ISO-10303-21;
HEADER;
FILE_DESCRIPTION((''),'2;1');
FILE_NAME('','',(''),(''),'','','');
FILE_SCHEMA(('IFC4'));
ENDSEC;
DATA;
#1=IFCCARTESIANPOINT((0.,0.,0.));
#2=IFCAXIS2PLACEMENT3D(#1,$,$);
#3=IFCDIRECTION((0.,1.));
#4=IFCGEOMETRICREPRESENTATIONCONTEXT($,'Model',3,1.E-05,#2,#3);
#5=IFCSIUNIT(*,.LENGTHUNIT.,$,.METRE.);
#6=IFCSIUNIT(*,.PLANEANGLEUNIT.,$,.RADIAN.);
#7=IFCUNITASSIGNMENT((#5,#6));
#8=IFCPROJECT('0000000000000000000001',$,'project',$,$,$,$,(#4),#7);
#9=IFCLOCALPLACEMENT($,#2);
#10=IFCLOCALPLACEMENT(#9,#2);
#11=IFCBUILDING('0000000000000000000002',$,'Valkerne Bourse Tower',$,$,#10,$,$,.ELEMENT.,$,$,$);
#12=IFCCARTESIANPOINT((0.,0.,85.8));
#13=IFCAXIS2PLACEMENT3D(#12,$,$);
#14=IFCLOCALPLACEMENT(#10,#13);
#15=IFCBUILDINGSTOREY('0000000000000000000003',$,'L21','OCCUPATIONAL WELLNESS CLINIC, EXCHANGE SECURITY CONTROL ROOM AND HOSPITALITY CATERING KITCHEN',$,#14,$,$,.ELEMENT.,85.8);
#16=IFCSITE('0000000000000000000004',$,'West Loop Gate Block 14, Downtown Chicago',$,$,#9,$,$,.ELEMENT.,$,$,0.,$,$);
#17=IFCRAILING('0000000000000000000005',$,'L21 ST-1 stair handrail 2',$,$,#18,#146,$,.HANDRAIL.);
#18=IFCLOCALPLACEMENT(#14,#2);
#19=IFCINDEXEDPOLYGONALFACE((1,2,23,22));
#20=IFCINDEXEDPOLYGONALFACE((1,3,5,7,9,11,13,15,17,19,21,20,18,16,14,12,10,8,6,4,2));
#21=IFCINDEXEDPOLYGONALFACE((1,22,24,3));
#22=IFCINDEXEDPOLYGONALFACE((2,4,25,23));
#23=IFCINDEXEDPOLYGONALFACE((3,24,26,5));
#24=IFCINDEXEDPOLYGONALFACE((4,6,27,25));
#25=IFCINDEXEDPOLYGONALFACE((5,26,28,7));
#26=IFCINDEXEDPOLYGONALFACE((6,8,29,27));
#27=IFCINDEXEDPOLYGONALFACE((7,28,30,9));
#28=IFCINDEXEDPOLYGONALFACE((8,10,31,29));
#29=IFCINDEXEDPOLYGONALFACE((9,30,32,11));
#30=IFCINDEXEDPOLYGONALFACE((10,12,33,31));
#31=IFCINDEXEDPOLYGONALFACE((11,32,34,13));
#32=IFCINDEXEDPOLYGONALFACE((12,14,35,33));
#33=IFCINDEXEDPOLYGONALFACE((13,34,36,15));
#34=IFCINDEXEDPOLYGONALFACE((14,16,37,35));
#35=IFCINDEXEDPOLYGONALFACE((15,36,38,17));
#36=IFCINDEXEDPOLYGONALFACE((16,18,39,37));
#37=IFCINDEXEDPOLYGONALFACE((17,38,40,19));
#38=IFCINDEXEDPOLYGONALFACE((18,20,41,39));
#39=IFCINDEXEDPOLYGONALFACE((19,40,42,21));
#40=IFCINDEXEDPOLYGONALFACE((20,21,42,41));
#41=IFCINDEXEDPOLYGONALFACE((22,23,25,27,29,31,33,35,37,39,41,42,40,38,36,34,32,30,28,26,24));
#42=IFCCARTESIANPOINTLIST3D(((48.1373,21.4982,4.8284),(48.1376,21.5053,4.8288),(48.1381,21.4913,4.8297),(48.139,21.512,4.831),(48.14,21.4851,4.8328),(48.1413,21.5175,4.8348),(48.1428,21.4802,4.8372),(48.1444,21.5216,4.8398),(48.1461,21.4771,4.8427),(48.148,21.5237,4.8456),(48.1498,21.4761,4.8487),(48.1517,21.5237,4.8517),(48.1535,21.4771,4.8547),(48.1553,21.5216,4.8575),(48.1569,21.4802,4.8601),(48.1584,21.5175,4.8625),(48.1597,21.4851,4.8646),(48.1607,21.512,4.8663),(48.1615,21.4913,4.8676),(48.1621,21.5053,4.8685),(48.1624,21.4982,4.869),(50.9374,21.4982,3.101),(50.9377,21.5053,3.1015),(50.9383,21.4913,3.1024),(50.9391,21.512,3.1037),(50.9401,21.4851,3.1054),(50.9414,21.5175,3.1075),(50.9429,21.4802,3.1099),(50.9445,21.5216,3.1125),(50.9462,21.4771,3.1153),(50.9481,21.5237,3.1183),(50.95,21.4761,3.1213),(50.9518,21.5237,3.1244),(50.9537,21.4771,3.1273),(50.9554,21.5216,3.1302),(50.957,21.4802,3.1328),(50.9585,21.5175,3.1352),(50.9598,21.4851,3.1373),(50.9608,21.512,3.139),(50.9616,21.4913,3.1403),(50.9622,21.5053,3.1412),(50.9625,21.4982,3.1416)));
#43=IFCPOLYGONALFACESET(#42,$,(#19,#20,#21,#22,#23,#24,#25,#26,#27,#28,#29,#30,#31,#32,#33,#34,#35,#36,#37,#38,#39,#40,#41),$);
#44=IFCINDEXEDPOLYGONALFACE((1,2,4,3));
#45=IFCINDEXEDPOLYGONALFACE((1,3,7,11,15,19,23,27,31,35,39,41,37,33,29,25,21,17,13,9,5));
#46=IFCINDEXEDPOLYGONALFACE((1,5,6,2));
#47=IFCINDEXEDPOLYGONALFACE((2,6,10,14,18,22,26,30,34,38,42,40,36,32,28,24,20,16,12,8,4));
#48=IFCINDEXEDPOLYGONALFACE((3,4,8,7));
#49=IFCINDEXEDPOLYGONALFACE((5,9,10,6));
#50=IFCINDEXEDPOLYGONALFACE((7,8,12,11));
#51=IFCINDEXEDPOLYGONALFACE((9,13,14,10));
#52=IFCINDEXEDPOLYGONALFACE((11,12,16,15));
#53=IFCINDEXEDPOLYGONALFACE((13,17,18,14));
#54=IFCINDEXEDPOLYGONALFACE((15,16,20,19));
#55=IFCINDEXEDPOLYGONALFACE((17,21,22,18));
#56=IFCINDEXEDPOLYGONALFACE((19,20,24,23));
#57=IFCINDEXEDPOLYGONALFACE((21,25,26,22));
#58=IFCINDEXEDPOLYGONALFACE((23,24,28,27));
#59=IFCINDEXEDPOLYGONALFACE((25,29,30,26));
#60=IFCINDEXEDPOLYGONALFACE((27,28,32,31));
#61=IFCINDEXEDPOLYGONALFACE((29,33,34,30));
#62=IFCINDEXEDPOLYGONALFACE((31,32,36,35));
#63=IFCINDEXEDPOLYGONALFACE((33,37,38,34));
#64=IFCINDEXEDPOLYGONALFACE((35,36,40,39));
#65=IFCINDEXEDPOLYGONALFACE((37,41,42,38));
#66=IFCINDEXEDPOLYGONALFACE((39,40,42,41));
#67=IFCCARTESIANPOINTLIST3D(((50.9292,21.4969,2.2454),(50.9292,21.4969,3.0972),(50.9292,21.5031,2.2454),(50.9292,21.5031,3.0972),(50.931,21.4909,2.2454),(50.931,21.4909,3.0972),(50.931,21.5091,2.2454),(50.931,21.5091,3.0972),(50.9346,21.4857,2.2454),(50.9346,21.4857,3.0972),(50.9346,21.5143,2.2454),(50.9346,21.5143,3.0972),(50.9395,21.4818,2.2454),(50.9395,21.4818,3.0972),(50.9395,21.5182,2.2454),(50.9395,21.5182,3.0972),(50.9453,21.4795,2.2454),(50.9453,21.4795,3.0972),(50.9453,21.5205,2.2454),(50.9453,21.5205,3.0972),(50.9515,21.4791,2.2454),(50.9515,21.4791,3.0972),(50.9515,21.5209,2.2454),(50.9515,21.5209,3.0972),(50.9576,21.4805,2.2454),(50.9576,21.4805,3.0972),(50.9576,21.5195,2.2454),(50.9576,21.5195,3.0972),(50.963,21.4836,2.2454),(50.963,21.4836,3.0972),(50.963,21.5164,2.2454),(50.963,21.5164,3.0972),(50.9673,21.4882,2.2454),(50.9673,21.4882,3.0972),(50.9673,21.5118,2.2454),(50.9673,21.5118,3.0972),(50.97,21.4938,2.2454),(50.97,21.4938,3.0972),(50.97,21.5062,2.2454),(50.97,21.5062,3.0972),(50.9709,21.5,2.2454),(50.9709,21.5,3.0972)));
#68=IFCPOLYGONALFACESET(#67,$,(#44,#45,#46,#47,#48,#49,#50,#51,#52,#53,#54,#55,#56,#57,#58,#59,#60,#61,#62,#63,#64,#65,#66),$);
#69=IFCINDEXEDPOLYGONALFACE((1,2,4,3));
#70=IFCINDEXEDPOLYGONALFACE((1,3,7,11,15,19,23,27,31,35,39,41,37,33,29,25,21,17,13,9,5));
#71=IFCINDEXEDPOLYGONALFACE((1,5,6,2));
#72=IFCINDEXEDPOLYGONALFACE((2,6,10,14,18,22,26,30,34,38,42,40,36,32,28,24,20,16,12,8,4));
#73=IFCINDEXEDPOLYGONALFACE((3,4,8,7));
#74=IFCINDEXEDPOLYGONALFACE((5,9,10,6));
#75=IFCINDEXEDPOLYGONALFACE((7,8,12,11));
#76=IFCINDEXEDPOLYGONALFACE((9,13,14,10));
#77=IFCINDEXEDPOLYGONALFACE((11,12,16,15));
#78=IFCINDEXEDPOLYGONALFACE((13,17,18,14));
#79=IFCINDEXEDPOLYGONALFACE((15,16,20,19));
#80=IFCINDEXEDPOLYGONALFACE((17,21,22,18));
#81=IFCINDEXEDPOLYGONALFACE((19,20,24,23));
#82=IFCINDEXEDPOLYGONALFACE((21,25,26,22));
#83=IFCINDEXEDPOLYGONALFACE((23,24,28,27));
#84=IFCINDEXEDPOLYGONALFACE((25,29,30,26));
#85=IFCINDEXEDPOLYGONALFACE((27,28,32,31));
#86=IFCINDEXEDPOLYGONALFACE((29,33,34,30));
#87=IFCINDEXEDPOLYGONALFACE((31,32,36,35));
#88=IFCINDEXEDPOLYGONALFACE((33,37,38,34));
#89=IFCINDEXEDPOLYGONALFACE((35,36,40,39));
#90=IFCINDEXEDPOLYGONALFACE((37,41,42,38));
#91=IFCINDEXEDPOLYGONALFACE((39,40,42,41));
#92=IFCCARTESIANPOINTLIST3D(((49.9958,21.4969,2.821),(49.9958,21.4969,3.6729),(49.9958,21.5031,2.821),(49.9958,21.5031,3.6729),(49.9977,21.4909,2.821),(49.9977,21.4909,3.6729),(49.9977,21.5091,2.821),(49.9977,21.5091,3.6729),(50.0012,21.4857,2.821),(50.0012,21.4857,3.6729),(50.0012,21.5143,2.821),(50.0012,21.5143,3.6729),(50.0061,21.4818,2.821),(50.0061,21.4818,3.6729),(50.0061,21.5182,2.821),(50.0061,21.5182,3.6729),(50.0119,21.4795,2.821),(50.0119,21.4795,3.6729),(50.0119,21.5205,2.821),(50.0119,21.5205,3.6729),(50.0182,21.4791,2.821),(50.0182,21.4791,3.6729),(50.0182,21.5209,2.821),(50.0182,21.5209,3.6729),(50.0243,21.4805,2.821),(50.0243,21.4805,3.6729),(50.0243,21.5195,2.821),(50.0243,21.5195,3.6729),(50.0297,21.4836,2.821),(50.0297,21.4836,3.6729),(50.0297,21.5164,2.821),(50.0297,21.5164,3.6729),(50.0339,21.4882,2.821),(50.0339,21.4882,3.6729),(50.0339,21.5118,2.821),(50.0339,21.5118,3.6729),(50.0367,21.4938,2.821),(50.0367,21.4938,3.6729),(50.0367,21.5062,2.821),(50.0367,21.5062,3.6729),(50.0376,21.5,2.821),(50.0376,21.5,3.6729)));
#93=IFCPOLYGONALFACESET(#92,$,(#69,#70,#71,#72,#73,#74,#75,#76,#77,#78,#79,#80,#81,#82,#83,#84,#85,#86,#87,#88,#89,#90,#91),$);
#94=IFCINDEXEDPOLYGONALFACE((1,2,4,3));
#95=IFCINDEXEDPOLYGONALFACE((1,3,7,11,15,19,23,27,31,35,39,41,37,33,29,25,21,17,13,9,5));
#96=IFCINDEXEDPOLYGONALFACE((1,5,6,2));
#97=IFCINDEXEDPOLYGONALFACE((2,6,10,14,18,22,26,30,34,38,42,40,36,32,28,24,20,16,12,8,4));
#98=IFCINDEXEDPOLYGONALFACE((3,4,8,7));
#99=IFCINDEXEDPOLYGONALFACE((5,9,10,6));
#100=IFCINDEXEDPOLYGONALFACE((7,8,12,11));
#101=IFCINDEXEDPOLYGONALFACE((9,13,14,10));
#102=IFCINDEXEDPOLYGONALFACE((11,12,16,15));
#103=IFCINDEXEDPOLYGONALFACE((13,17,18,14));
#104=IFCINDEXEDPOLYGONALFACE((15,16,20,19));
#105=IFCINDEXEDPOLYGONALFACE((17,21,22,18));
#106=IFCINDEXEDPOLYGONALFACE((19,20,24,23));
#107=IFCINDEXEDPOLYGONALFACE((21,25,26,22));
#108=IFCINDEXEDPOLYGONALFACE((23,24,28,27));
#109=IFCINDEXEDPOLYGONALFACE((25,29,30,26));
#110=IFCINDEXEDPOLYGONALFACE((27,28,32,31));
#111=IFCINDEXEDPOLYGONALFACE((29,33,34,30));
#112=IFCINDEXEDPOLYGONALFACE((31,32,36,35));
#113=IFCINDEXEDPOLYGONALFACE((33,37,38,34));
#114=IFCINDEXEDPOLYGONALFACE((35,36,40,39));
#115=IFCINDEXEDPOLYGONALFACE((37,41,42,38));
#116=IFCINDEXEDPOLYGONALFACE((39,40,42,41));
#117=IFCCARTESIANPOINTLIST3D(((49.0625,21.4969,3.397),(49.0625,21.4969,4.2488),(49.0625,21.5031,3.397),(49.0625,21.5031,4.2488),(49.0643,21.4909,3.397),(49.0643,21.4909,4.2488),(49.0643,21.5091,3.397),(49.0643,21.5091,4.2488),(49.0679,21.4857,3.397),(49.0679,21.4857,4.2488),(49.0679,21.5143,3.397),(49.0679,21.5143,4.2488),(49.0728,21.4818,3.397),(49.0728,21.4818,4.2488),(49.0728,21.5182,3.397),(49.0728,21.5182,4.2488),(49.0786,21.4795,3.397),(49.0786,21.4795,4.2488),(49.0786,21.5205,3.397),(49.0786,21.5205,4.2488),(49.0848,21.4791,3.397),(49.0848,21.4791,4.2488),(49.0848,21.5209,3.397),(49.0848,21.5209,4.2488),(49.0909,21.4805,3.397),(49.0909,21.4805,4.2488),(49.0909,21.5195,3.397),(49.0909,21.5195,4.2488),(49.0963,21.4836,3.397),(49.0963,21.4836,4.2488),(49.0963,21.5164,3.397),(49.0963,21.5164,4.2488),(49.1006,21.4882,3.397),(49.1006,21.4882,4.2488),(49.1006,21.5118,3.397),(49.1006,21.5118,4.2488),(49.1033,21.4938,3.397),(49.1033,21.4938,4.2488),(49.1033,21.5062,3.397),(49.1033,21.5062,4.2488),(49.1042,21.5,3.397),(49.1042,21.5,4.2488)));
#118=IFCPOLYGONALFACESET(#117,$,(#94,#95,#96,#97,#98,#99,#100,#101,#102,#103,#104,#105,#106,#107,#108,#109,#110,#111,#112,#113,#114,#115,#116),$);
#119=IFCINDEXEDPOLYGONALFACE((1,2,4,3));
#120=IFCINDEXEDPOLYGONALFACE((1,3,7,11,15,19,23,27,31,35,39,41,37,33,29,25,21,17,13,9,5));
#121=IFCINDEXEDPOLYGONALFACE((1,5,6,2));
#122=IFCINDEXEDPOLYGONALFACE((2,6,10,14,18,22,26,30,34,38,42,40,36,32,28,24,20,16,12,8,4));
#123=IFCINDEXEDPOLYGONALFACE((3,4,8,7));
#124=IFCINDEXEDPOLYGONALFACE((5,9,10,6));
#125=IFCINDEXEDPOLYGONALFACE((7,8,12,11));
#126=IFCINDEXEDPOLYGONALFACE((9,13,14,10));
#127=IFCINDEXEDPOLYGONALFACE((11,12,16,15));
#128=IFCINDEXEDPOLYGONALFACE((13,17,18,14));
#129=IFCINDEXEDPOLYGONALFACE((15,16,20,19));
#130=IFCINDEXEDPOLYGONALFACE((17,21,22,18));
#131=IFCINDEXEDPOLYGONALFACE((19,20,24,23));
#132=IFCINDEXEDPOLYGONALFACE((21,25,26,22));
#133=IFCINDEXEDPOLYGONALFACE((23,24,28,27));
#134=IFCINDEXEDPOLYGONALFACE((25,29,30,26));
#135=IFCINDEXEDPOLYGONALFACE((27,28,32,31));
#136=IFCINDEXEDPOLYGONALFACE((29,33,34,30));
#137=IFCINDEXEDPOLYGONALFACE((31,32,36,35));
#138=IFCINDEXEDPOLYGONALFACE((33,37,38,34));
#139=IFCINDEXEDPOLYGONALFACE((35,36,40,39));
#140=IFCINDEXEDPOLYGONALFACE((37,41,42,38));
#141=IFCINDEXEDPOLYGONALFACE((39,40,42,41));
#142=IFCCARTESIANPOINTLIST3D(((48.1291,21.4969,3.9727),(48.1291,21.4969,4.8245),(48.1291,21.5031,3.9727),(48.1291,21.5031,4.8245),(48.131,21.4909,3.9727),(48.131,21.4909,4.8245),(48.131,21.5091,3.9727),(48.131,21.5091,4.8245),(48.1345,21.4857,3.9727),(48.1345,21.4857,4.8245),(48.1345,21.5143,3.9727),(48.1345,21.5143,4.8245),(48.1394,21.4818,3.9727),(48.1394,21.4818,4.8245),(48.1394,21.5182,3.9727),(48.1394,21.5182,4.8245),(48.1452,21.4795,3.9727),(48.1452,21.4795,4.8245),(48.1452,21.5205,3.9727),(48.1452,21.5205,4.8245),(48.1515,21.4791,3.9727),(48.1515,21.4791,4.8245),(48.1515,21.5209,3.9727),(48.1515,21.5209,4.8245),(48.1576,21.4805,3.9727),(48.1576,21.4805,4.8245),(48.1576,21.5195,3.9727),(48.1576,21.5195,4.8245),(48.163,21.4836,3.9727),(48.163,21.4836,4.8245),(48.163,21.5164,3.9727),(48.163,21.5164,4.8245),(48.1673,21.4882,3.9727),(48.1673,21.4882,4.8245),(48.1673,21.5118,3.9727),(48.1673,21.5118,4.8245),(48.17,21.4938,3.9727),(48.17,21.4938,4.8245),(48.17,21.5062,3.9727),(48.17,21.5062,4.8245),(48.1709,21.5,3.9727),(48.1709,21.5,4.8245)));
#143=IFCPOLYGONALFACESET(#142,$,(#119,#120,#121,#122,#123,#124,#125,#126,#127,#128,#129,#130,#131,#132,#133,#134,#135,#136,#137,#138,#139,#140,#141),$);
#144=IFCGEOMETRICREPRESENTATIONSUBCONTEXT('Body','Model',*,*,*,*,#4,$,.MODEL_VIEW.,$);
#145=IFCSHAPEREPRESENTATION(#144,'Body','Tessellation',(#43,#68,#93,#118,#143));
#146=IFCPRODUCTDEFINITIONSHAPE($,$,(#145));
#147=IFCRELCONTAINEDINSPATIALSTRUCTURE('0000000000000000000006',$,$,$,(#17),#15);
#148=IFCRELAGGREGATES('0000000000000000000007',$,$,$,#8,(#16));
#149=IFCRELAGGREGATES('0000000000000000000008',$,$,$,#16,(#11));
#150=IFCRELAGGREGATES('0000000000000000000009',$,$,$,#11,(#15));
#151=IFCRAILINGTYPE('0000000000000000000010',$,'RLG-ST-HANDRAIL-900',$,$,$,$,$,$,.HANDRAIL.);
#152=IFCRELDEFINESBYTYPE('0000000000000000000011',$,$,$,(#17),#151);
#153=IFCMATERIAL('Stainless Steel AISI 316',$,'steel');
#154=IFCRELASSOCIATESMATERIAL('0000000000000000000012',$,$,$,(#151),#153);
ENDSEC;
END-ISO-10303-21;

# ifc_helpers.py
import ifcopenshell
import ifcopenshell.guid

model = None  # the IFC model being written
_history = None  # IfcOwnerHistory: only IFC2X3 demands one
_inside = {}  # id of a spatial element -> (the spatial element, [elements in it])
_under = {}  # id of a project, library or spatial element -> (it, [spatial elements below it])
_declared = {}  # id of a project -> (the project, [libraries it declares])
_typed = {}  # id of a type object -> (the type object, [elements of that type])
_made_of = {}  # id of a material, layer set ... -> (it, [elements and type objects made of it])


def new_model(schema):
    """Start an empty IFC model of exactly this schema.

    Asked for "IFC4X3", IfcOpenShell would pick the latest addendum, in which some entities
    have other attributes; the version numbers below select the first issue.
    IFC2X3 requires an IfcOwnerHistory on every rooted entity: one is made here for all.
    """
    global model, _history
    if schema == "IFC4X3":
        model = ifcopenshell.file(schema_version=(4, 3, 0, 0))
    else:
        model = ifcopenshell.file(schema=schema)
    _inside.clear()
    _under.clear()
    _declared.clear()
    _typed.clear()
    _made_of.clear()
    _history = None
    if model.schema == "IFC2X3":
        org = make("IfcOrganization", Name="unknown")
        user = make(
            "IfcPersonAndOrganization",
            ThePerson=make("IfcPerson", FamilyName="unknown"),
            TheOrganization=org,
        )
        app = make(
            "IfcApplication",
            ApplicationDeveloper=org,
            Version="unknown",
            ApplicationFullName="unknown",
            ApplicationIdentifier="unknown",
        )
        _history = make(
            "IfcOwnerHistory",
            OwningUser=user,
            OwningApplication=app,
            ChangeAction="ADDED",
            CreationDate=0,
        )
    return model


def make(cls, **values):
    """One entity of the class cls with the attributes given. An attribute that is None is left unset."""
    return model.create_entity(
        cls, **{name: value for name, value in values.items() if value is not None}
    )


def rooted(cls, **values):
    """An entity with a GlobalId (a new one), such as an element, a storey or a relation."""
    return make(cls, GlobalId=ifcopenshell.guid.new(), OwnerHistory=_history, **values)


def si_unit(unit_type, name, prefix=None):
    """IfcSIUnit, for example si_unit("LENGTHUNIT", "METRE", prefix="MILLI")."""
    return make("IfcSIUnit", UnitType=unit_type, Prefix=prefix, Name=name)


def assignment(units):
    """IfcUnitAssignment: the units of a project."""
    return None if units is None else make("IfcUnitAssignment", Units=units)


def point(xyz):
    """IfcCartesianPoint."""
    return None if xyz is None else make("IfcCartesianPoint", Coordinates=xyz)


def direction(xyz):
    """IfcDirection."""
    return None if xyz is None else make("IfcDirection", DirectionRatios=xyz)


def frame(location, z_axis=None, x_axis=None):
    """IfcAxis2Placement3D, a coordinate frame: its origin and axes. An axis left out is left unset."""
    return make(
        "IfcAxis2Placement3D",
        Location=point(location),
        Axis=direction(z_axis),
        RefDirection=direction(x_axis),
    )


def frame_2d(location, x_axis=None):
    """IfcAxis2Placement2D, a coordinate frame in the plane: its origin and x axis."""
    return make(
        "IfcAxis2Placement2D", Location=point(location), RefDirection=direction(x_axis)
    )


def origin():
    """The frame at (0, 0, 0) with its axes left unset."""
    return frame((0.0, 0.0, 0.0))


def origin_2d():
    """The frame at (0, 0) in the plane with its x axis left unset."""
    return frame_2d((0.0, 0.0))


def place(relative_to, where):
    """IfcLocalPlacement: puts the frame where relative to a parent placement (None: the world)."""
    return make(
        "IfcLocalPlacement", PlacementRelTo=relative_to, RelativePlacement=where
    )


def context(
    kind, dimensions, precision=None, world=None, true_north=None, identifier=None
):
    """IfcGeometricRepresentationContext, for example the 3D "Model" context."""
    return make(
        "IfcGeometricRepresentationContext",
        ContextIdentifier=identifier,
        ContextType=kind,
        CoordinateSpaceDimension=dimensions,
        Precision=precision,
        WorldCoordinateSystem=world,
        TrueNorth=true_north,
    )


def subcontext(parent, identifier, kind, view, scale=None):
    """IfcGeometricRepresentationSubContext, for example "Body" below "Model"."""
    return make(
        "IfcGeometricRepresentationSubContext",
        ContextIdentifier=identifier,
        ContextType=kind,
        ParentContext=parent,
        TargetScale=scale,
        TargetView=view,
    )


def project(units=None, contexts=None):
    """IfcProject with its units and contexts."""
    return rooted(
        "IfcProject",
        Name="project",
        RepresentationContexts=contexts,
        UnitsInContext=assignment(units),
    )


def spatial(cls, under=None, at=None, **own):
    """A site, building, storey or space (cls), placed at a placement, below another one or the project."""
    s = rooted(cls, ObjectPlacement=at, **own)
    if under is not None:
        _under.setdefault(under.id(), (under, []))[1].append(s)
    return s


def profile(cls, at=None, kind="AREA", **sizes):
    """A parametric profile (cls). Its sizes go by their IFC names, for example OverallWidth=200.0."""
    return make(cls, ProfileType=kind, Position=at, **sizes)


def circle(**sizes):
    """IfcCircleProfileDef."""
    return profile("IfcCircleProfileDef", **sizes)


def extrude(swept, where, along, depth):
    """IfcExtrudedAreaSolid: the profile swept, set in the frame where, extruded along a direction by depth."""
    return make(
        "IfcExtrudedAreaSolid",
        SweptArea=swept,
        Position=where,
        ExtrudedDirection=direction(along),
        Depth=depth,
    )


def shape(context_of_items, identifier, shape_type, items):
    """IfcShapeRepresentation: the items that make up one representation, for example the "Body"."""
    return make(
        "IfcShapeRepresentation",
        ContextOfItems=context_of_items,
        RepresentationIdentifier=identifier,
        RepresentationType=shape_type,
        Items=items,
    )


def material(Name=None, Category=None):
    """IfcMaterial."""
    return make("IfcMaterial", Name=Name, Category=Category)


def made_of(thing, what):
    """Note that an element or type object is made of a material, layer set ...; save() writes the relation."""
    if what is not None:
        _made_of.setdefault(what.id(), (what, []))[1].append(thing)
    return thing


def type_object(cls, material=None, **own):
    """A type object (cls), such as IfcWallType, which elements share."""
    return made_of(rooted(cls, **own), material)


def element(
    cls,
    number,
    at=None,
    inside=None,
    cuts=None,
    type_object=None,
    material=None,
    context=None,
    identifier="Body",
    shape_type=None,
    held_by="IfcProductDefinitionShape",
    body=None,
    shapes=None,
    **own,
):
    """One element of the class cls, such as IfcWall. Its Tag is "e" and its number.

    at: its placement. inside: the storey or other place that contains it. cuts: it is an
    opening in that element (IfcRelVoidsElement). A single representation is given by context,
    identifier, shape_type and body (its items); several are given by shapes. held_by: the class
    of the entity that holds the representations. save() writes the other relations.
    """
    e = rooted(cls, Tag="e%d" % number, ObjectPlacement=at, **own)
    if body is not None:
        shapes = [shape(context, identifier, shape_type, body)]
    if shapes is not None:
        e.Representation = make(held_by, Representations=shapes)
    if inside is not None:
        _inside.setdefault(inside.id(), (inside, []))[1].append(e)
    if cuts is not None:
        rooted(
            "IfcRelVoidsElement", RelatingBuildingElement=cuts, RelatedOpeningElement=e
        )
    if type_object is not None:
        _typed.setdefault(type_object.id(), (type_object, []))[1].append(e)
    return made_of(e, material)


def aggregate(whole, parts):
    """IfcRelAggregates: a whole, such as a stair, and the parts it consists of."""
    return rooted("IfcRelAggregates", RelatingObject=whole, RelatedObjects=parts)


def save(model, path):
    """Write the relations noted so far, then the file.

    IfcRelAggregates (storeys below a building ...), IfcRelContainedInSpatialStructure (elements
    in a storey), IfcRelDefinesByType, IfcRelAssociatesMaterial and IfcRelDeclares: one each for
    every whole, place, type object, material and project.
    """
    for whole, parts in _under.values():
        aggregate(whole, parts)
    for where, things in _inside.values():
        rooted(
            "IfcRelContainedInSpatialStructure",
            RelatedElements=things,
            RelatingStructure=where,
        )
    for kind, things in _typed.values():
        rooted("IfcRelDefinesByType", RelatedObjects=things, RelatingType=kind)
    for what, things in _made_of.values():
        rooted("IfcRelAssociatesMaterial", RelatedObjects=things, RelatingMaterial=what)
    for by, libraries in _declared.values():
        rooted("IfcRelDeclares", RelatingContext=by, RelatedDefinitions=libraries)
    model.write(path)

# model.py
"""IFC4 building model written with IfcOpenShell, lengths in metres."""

from ifc_helpers import new_model, si_unit, direction, frame, origin, origin_2d, place, context, subcontext, project, spatial, circle, extrude, material, type_object, element, save


model = new_model("IFC4")

# Units and contexts
model_context = context("Model", 3, precision=1e-05, world=origin(), true_north=direction((0.0, 1.0)))
body_context = subcontext(model_context, "Body", "Model", "MODEL_VIEW")
ifc_project = project(units=[si_unit("LENGTHUNIT", "METRE"), si_unit("PLANEANGLEUNIT", "RADIAN")], contexts=[model_context])

# Site, building, storey
site_placement = place(None, origin())
site = spatial("IfcSite", under=ifc_project, at=site_placement, Name="West Loop Gate Block 14, Downtown Chicago", CompositionType="ELEMENT", RefElevation=0.0)
building_placement = place(site_placement, origin())
building = spatial("IfcBuilding", under=site, at=building_placement, Name="Valkerne Bourse Tower", CompositionType="ELEMENT")
storey_placement = place(building_placement, frame((0.0, 0.0, 85.8)))
storey = spatial("IfcBuildingStorey", under=building, at=storey_placement, Name="L21", Description="OCCUPATIONAL WELLNESS CLINIC, EXCHANGE SECURITY CONTROL ROOM AND HOSPITALITY CATERING KITCHEN", CompositionType="ELEMENT", Elevation=85.8)

# Shared definitions
ifc_material_1 = material(Name="Stainless Steel AISI 316", Category="steel")

# Railing
railing_type_1 = type_object("IfcRailingType", Name="RLG-ST-HANDRAIL-900", PredefinedType="HANDRAIL", material=ifc_material_1)
railing_1_placement = place(storey_placement, frame((50.95, 21.5, 2.2454)))
element("IfcRailing", 1, at=railing_1_placement, inside=storey, type_object=railing_type_1, Name="L21 ST-1 stair handrail 2", PredefinedType="HANDRAIL", context=body_context, shape_type="SweptSolid", body=[
    extrude(circle(Radius=0.0239, at=origin_2d()), frame((0.0, 0.0, 0.876), z_axis=(-0.85109, 0.0, 0.52502), x_axis=(0.0, -1.0, 0.0)), (0.0, 0.0, 1.0), 3.29),
    extrude(circle(Radius=0.021, at=origin_2d()), origin(), (0.0, 0.0, 1.0), 0.8518),
    extrude(circle(Radius=0.021, at=origin_2d()), frame((-0.9333, 0.0, 0.5757)), (0.0, 0.0, 1.0), 0.8518),
    extrude(circle(Radius=0.021, at=origin_2d()), frame((-1.8667, 0.0, 1.1516)), (0.0, 0.0, 1.0), 0.8518),
    extrude(circle(Radius=0.021, at=origin_2d()), frame((-2.8, 0.0, 1.7273)), (0.0, 0.0, 1.0), 0.8518),
])

save(model, "model.ifc")
